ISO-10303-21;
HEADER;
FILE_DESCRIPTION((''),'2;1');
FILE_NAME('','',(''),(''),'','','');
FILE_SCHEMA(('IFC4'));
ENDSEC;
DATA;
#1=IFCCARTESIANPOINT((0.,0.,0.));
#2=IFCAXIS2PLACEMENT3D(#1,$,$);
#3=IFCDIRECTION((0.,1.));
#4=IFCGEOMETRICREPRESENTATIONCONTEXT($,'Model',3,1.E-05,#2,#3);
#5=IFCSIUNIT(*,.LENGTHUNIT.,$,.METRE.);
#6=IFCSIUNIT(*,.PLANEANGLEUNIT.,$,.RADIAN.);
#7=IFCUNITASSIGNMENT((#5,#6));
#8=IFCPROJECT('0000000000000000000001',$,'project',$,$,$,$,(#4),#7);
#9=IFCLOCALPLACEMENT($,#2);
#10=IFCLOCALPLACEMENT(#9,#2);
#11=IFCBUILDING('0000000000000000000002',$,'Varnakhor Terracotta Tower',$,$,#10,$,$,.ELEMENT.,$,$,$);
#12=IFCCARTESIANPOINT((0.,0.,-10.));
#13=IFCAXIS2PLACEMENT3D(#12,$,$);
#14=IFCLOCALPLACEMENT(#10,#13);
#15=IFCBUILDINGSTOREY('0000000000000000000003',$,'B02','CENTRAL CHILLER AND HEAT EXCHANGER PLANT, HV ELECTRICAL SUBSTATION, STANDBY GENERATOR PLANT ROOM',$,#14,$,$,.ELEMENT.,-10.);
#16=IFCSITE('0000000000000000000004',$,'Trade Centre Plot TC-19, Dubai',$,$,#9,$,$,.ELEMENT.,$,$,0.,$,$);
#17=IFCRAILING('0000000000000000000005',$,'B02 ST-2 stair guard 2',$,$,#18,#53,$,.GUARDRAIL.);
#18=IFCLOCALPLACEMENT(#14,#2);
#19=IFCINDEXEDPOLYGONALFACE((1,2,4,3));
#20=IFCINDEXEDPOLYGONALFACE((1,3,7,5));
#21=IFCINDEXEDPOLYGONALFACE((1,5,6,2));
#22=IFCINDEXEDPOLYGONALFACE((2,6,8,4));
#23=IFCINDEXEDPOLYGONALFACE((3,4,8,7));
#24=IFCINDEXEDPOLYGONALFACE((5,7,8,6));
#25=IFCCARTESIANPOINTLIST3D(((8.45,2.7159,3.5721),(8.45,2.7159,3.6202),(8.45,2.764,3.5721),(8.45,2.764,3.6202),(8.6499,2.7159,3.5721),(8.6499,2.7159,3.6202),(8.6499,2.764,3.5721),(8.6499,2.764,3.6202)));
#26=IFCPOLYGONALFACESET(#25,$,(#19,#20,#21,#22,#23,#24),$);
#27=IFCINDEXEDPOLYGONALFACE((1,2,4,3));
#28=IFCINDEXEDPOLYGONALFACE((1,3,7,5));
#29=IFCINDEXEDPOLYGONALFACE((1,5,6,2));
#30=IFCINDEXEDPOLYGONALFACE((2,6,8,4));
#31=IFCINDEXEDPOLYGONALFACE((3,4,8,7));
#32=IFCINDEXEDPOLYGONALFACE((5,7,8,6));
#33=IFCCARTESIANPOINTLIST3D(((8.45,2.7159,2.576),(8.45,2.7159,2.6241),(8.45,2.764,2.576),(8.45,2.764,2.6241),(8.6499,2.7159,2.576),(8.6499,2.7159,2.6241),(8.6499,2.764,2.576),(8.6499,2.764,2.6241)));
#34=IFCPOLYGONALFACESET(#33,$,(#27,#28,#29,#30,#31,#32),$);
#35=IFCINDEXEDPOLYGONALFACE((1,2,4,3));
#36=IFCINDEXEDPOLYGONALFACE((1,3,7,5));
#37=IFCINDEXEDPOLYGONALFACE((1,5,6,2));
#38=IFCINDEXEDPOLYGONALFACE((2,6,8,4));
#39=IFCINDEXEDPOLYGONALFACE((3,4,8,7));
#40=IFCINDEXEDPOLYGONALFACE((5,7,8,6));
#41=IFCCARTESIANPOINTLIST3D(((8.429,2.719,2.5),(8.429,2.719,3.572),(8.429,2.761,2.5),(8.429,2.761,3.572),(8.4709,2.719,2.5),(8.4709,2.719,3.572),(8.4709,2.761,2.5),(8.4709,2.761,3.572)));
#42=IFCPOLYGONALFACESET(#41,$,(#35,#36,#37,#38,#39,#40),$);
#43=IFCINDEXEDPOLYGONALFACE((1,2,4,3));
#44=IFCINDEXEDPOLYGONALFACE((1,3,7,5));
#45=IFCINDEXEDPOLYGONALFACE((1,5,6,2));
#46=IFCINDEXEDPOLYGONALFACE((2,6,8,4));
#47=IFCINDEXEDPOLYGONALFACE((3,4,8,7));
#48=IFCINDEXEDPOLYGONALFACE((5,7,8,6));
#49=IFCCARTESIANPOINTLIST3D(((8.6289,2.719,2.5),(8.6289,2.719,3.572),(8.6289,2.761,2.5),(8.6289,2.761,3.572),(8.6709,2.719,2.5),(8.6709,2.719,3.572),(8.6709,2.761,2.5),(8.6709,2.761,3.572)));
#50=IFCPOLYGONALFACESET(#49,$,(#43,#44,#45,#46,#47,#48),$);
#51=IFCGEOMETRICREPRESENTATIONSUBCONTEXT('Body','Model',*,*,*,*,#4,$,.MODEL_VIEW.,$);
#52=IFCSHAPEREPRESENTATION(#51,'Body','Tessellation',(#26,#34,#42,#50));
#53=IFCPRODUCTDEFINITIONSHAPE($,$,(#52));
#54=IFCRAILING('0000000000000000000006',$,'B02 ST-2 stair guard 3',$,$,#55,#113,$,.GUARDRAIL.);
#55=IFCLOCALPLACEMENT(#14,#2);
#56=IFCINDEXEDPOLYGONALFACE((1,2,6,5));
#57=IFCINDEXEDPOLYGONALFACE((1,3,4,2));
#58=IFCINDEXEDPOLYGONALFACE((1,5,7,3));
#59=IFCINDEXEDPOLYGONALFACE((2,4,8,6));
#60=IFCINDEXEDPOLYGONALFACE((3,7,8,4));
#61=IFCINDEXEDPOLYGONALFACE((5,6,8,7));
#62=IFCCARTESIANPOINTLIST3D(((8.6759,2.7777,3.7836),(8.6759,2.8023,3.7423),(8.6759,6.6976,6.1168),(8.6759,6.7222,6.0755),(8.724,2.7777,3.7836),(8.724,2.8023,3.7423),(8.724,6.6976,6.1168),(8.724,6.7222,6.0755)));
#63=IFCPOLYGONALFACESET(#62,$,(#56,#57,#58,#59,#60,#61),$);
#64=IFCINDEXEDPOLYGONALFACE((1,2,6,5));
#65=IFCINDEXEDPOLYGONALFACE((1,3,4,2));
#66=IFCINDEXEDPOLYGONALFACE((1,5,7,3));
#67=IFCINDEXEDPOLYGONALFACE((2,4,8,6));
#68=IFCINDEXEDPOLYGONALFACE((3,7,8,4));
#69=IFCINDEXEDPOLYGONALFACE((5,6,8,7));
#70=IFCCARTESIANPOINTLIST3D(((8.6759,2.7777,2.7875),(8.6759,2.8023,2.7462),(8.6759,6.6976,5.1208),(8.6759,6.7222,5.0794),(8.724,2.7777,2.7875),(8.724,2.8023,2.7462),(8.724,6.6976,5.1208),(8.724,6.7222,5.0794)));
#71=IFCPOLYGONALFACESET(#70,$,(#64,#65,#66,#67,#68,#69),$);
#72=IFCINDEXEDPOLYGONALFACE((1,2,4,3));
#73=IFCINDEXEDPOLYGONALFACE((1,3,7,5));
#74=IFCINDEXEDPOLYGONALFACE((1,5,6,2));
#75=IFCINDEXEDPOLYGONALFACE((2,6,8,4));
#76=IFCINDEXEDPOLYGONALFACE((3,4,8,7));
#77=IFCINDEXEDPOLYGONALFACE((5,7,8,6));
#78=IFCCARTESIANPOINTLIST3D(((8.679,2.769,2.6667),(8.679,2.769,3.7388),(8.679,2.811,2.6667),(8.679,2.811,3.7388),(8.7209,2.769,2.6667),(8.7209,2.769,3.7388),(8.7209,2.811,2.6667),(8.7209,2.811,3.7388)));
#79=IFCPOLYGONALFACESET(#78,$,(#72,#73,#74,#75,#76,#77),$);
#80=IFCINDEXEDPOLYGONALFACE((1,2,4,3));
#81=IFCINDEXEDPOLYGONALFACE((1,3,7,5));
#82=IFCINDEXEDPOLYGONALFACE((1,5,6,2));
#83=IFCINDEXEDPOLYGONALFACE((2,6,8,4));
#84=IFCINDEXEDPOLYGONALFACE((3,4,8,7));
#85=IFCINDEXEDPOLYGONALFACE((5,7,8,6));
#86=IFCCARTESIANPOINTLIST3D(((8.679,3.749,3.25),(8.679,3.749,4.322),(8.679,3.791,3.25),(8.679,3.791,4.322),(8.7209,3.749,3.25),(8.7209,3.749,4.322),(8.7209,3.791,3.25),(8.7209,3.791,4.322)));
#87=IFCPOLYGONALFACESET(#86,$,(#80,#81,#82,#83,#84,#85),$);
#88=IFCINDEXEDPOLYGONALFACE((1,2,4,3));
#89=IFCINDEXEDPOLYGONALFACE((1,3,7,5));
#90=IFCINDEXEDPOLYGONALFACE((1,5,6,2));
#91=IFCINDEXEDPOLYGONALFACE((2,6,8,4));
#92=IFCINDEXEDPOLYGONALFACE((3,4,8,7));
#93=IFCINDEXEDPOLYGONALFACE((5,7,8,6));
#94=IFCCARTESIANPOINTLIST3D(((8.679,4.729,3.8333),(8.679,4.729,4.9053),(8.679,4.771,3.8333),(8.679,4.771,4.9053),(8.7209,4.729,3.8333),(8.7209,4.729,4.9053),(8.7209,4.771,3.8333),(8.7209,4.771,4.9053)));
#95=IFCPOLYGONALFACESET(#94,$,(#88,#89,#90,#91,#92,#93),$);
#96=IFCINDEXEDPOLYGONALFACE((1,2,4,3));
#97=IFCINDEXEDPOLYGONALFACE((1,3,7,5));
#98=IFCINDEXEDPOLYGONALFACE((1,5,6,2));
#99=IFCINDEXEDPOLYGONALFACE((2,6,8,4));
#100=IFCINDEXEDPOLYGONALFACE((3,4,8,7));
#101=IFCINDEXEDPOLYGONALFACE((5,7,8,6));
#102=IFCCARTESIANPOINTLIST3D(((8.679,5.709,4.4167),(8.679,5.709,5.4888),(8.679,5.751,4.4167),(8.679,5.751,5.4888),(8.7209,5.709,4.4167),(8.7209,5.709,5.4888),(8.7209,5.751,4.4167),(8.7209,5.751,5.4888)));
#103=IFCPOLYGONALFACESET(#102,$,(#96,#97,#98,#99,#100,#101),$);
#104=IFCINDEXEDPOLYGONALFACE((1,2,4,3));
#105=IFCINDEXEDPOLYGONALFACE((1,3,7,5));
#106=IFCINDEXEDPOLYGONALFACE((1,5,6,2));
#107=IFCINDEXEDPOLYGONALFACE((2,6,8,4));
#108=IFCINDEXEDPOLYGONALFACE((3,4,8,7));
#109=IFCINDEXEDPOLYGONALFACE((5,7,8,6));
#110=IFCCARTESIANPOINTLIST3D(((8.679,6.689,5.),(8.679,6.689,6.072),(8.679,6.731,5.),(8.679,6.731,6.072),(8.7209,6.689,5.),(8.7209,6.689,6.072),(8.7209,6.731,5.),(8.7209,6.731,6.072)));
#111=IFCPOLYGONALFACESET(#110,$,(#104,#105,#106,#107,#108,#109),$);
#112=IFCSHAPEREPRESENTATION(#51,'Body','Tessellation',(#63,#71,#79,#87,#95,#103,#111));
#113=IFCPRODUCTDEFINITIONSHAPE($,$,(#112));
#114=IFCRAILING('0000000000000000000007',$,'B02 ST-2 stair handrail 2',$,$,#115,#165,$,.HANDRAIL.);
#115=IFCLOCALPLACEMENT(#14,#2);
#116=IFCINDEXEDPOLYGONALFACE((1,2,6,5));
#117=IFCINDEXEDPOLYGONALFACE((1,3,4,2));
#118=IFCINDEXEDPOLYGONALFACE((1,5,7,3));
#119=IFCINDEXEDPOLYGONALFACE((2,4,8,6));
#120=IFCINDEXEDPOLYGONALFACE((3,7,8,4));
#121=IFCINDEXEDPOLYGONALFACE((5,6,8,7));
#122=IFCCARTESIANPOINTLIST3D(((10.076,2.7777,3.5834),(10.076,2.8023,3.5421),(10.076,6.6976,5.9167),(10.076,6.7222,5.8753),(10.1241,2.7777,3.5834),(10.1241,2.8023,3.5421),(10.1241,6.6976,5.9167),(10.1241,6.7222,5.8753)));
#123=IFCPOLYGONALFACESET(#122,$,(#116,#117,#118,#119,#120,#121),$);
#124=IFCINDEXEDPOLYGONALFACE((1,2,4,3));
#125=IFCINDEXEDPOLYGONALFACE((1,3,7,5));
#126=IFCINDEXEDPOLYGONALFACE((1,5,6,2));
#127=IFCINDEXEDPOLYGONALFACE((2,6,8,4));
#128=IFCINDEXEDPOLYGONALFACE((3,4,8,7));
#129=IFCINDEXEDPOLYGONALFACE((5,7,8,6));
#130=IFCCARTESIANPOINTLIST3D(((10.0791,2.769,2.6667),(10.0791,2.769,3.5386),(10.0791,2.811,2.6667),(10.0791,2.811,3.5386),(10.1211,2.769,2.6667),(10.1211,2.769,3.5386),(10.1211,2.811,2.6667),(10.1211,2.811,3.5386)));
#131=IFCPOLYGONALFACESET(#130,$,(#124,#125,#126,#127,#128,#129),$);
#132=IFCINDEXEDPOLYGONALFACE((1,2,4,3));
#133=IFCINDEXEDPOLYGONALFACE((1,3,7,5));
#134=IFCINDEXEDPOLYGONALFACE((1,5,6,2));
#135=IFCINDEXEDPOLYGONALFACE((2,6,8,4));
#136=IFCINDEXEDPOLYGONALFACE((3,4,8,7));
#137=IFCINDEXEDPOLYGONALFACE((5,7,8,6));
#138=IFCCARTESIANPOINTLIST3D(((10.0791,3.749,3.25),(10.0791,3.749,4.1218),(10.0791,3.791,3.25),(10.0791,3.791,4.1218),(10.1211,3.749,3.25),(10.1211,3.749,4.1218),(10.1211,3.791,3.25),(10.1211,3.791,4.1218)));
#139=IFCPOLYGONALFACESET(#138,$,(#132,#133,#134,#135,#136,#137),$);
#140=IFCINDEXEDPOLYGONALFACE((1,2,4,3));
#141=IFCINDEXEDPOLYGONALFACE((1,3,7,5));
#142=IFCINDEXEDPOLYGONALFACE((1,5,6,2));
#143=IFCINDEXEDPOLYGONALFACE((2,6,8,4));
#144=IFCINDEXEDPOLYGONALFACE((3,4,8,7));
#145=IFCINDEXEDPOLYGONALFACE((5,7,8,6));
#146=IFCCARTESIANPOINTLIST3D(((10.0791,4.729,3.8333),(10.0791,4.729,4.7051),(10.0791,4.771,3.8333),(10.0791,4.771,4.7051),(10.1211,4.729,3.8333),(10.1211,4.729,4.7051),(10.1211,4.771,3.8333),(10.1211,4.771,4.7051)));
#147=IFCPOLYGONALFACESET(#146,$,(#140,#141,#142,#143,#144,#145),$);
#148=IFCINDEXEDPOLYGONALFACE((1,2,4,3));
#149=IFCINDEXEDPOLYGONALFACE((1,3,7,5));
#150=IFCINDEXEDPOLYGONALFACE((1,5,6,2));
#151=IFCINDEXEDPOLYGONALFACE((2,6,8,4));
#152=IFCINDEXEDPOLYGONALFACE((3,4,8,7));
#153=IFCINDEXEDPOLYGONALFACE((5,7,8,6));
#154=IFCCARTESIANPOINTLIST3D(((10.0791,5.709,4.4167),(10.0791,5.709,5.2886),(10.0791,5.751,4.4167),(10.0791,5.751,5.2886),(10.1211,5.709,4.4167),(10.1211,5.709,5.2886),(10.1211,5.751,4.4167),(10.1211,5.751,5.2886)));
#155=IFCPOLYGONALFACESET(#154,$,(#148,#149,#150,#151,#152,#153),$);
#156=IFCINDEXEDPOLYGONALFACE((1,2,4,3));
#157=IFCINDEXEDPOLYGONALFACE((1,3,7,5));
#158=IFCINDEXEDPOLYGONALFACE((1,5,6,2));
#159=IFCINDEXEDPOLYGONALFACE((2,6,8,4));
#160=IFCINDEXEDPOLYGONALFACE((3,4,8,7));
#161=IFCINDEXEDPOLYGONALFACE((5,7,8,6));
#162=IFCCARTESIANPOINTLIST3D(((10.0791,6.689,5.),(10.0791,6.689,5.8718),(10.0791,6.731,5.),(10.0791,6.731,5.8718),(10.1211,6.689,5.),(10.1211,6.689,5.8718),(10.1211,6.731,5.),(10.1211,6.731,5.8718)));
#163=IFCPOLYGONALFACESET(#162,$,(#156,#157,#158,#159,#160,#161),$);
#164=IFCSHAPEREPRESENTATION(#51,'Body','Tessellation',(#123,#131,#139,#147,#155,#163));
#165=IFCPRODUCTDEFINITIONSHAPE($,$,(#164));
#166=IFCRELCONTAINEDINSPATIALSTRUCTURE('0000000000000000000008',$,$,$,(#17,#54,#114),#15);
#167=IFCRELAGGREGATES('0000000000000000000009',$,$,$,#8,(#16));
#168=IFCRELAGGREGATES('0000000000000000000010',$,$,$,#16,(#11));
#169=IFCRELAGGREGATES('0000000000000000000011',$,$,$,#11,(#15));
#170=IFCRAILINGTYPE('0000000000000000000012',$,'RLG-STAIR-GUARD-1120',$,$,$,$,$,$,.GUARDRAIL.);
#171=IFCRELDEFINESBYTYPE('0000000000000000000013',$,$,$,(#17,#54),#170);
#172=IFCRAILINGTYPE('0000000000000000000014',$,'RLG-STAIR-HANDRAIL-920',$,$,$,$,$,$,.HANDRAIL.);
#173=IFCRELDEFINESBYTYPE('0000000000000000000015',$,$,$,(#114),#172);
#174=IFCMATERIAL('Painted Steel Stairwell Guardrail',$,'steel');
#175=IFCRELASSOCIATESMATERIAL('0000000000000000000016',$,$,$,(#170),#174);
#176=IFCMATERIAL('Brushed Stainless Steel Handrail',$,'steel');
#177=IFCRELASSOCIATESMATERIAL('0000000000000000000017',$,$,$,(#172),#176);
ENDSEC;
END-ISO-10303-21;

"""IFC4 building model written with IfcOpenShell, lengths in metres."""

from ifc_helpers import new_model, si_unit, direction, frame, origin, origin_2d, place, context, subcontext, project, spatial, rectangle, extrude, material, type_object, element, save


model = new_model("IFC4")

# Units and contexts
model_context = context("Model", 3, precision=1e-05, world=origin(), true_north=direction((0.0, 1.0)))
body_context = subcontext(model_context, "Body", "Model", "MODEL_VIEW")
ifc_project = project(units=[si_unit("LENGTHUNIT", "METRE"), si_unit("PLANEANGLEUNIT", "RADIAN")], contexts=[model_context])

# Site, building, storey
site_placement = place(None, origin())
site = spatial("IfcSite", under=ifc_project, at=site_placement, Name="Trade Centre Plot TC-19, Dubai", CompositionType="ELEMENT", RefElevation=0.0)
building_placement = place(site_placement, origin())
building = spatial("IfcBuilding", under=site, at=building_placement, Name="Varnakhor Terracotta Tower", CompositionType="ELEMENT")
storey_placement = place(building_placement, frame((0.0, 0.0, -10.0)))
storey = spatial("IfcBuildingStorey", under=building, at=storey_placement, Name="B02", Description="CENTRAL CHILLER AND HEAT EXCHANGER PLANT, HV ELECTRICAL SUBSTATION, STANDBY GENERATOR PLANT ROOM", CompositionType="ELEMENT", Elevation=-10.0)

# Railings
ifc_material_1 = material(Name="Painted Steel Stairwell Guardrail", Category="steel")
railing_type_1 = type_object("IfcRailingType", Name="RLG-STAIR-GUARD-1120", PredefinedType="GUARDRAIL", material=ifc_material_1)
railing_1_placement = place(storey_placement, frame((8.45, 2.74, 2.5)))
element("IfcRailing", 1, at=railing_1_placement, inside=storey, type_object=railing_type_1, Name="B02 ST-2 stair guard 2", PredefinedType="GUARDRAIL", context=body_context, shape_type="SweptSolid", body=[
    extrude(rectangle(XDim=0.0481, YDim=0.0481, at=origin_2d()), frame((0.0, 0.0, 1.0962), z_axis=(1.0, 0.0, 0.0), x_axis=(0.0, 1.0, 0.0)), (0.0, 0.0, 1.0), 0.2),
    extrude(rectangle(XDim=0.0481, YDim=0.0481, at=origin_2d()), frame((0.0, 0.0, 0.1001), z_axis=(1.0, 0.0, 0.0), x_axis=(0.0, 1.0, 0.0)), (0.0, 0.0, 1.0), 0.2),
    extrude(rectangle(XDim=0.042, YDim=0.042, at=origin_2d()), origin(), (0.0, 0.0, 1.0), 1.072),
    extrude(rectangle(XDim=0.042, YDim=0.042, at=origin_2d()), frame((0.2, 0.0, 0.0)), (0.0, 0.0, 1.0), 1.072),
])
railing_2_placement = place(storey_placement, frame((8.7, 2.79, 2.6667)))
element("IfcRailing", 2, at=railing_2_placement, inside=storey, type_object=railing_type_1, Name="B02 ST-2 stair guard 3", PredefinedType="GUARDRAIL", context=body_context, shape_type="SweptSolid", body=[
    extrude(rectangle(XDim=0.0481, YDim=0.0481, at=origin_2d()), frame((0.0, 0.0, 1.0962), z_axis=(0.0, 0.859296, 0.511478), x_axis=(-1.0, 0.0, 0.0)), (0.0, 0.0, 1.0), 4.5618),
    extrude(rectangle(XDim=0.0481, YDim=0.0481, at=origin_2d()), frame((0.0, 0.0, 0.1001), z_axis=(0.0, 0.859296, 0.511478), x_axis=(-1.0, 0.0, 0.0)), (0.0, 0.0, 1.0), 4.5618),
    extrude(rectangle(XDim=0.042, YDim=0.042, at=origin_2d()), origin(), (0.0, 0.0, 1.0), 1.072),
    extrude(rectangle(XDim=0.042, YDim=0.042, at=origin_2d()), frame((0.0, 0.98, 0.5833)), (0.0, 0.0, 1.0), 1.072),
    extrude(rectangle(XDim=0.042, YDim=0.042, at=origin_2d()), frame((0.0, 1.96, 1.1665)), (0.0, 0.0, 1.0), 1.072),
    extrude(rectangle(XDim=0.042, YDim=0.042, at=origin_2d()), frame((0.0, 2.9399, 1.75)), (0.0, 0.0, 1.0), 1.072),
    extrude(rectangle(XDim=0.042, YDim=0.042, at=origin_2d()), frame((0.0, 3.9199, 2.3333)), (0.0, 0.0, 1.0), 1.072),
])
ifc_material_2 = material(Name="Brushed Stainless Steel Handrail", Category="steel")
railing_type_2 = type_object("IfcRailingType", Name="RLG-STAIR-HANDRAIL-920", PredefinedType="HANDRAIL", material=ifc_material_2)
railing_3_placement = place(storey_placement, frame((10.1001, 2.79, 2.6667)))
element("IfcRailing", 3, at=railing_3_placement, inside=storey, type_object=railing_type_2, Name="B02 ST-2 stair handrail 2", PredefinedType="HANDRAIL", context=body_context, shape_type="SweptSolid", body=[
    extrude(rectangle(XDim=0.0481, YDim=0.0481, at=origin_2d()), frame((0.0, 0.0, 0.896), z_axis=(0.0, 0.859296, 0.511478), x_axis=(-1.0, 0.0, 0.0)), (0.0, 0.0, 1.0), 4.5618),
    extrude(rectangle(XDim=0.042, YDim=0.042, at=origin_2d()), origin(), (0.0, 0.0, 1.0), 0.8718),
    extrude(rectangle(XDim=0.042, YDim=0.042, at=origin_2d()), frame((0.0, 0.98, 0.5833)), (0.0, 0.0, 1.0), 0.8718),
    extrude(rectangle(XDim=0.042, YDim=0.042, at=origin_2d()), frame((0.0, 1.96, 1.1665)), (0.0, 0.0, 1.0), 0.8718),
    extrude(rectangle(XDim=0.042, YDim=0.042, at=origin_2d()), frame((0.0, 2.9399, 1.75)), (0.0, 0.0, 1.0), 0.8718),
    extrude(rectangle(XDim=0.042, YDim=0.042, at=origin_2d()), frame((0.0, 3.9199, 2.3333)), (0.0, 0.0, 1.0), 0.8718),
])

save(model, "model.ifc")
